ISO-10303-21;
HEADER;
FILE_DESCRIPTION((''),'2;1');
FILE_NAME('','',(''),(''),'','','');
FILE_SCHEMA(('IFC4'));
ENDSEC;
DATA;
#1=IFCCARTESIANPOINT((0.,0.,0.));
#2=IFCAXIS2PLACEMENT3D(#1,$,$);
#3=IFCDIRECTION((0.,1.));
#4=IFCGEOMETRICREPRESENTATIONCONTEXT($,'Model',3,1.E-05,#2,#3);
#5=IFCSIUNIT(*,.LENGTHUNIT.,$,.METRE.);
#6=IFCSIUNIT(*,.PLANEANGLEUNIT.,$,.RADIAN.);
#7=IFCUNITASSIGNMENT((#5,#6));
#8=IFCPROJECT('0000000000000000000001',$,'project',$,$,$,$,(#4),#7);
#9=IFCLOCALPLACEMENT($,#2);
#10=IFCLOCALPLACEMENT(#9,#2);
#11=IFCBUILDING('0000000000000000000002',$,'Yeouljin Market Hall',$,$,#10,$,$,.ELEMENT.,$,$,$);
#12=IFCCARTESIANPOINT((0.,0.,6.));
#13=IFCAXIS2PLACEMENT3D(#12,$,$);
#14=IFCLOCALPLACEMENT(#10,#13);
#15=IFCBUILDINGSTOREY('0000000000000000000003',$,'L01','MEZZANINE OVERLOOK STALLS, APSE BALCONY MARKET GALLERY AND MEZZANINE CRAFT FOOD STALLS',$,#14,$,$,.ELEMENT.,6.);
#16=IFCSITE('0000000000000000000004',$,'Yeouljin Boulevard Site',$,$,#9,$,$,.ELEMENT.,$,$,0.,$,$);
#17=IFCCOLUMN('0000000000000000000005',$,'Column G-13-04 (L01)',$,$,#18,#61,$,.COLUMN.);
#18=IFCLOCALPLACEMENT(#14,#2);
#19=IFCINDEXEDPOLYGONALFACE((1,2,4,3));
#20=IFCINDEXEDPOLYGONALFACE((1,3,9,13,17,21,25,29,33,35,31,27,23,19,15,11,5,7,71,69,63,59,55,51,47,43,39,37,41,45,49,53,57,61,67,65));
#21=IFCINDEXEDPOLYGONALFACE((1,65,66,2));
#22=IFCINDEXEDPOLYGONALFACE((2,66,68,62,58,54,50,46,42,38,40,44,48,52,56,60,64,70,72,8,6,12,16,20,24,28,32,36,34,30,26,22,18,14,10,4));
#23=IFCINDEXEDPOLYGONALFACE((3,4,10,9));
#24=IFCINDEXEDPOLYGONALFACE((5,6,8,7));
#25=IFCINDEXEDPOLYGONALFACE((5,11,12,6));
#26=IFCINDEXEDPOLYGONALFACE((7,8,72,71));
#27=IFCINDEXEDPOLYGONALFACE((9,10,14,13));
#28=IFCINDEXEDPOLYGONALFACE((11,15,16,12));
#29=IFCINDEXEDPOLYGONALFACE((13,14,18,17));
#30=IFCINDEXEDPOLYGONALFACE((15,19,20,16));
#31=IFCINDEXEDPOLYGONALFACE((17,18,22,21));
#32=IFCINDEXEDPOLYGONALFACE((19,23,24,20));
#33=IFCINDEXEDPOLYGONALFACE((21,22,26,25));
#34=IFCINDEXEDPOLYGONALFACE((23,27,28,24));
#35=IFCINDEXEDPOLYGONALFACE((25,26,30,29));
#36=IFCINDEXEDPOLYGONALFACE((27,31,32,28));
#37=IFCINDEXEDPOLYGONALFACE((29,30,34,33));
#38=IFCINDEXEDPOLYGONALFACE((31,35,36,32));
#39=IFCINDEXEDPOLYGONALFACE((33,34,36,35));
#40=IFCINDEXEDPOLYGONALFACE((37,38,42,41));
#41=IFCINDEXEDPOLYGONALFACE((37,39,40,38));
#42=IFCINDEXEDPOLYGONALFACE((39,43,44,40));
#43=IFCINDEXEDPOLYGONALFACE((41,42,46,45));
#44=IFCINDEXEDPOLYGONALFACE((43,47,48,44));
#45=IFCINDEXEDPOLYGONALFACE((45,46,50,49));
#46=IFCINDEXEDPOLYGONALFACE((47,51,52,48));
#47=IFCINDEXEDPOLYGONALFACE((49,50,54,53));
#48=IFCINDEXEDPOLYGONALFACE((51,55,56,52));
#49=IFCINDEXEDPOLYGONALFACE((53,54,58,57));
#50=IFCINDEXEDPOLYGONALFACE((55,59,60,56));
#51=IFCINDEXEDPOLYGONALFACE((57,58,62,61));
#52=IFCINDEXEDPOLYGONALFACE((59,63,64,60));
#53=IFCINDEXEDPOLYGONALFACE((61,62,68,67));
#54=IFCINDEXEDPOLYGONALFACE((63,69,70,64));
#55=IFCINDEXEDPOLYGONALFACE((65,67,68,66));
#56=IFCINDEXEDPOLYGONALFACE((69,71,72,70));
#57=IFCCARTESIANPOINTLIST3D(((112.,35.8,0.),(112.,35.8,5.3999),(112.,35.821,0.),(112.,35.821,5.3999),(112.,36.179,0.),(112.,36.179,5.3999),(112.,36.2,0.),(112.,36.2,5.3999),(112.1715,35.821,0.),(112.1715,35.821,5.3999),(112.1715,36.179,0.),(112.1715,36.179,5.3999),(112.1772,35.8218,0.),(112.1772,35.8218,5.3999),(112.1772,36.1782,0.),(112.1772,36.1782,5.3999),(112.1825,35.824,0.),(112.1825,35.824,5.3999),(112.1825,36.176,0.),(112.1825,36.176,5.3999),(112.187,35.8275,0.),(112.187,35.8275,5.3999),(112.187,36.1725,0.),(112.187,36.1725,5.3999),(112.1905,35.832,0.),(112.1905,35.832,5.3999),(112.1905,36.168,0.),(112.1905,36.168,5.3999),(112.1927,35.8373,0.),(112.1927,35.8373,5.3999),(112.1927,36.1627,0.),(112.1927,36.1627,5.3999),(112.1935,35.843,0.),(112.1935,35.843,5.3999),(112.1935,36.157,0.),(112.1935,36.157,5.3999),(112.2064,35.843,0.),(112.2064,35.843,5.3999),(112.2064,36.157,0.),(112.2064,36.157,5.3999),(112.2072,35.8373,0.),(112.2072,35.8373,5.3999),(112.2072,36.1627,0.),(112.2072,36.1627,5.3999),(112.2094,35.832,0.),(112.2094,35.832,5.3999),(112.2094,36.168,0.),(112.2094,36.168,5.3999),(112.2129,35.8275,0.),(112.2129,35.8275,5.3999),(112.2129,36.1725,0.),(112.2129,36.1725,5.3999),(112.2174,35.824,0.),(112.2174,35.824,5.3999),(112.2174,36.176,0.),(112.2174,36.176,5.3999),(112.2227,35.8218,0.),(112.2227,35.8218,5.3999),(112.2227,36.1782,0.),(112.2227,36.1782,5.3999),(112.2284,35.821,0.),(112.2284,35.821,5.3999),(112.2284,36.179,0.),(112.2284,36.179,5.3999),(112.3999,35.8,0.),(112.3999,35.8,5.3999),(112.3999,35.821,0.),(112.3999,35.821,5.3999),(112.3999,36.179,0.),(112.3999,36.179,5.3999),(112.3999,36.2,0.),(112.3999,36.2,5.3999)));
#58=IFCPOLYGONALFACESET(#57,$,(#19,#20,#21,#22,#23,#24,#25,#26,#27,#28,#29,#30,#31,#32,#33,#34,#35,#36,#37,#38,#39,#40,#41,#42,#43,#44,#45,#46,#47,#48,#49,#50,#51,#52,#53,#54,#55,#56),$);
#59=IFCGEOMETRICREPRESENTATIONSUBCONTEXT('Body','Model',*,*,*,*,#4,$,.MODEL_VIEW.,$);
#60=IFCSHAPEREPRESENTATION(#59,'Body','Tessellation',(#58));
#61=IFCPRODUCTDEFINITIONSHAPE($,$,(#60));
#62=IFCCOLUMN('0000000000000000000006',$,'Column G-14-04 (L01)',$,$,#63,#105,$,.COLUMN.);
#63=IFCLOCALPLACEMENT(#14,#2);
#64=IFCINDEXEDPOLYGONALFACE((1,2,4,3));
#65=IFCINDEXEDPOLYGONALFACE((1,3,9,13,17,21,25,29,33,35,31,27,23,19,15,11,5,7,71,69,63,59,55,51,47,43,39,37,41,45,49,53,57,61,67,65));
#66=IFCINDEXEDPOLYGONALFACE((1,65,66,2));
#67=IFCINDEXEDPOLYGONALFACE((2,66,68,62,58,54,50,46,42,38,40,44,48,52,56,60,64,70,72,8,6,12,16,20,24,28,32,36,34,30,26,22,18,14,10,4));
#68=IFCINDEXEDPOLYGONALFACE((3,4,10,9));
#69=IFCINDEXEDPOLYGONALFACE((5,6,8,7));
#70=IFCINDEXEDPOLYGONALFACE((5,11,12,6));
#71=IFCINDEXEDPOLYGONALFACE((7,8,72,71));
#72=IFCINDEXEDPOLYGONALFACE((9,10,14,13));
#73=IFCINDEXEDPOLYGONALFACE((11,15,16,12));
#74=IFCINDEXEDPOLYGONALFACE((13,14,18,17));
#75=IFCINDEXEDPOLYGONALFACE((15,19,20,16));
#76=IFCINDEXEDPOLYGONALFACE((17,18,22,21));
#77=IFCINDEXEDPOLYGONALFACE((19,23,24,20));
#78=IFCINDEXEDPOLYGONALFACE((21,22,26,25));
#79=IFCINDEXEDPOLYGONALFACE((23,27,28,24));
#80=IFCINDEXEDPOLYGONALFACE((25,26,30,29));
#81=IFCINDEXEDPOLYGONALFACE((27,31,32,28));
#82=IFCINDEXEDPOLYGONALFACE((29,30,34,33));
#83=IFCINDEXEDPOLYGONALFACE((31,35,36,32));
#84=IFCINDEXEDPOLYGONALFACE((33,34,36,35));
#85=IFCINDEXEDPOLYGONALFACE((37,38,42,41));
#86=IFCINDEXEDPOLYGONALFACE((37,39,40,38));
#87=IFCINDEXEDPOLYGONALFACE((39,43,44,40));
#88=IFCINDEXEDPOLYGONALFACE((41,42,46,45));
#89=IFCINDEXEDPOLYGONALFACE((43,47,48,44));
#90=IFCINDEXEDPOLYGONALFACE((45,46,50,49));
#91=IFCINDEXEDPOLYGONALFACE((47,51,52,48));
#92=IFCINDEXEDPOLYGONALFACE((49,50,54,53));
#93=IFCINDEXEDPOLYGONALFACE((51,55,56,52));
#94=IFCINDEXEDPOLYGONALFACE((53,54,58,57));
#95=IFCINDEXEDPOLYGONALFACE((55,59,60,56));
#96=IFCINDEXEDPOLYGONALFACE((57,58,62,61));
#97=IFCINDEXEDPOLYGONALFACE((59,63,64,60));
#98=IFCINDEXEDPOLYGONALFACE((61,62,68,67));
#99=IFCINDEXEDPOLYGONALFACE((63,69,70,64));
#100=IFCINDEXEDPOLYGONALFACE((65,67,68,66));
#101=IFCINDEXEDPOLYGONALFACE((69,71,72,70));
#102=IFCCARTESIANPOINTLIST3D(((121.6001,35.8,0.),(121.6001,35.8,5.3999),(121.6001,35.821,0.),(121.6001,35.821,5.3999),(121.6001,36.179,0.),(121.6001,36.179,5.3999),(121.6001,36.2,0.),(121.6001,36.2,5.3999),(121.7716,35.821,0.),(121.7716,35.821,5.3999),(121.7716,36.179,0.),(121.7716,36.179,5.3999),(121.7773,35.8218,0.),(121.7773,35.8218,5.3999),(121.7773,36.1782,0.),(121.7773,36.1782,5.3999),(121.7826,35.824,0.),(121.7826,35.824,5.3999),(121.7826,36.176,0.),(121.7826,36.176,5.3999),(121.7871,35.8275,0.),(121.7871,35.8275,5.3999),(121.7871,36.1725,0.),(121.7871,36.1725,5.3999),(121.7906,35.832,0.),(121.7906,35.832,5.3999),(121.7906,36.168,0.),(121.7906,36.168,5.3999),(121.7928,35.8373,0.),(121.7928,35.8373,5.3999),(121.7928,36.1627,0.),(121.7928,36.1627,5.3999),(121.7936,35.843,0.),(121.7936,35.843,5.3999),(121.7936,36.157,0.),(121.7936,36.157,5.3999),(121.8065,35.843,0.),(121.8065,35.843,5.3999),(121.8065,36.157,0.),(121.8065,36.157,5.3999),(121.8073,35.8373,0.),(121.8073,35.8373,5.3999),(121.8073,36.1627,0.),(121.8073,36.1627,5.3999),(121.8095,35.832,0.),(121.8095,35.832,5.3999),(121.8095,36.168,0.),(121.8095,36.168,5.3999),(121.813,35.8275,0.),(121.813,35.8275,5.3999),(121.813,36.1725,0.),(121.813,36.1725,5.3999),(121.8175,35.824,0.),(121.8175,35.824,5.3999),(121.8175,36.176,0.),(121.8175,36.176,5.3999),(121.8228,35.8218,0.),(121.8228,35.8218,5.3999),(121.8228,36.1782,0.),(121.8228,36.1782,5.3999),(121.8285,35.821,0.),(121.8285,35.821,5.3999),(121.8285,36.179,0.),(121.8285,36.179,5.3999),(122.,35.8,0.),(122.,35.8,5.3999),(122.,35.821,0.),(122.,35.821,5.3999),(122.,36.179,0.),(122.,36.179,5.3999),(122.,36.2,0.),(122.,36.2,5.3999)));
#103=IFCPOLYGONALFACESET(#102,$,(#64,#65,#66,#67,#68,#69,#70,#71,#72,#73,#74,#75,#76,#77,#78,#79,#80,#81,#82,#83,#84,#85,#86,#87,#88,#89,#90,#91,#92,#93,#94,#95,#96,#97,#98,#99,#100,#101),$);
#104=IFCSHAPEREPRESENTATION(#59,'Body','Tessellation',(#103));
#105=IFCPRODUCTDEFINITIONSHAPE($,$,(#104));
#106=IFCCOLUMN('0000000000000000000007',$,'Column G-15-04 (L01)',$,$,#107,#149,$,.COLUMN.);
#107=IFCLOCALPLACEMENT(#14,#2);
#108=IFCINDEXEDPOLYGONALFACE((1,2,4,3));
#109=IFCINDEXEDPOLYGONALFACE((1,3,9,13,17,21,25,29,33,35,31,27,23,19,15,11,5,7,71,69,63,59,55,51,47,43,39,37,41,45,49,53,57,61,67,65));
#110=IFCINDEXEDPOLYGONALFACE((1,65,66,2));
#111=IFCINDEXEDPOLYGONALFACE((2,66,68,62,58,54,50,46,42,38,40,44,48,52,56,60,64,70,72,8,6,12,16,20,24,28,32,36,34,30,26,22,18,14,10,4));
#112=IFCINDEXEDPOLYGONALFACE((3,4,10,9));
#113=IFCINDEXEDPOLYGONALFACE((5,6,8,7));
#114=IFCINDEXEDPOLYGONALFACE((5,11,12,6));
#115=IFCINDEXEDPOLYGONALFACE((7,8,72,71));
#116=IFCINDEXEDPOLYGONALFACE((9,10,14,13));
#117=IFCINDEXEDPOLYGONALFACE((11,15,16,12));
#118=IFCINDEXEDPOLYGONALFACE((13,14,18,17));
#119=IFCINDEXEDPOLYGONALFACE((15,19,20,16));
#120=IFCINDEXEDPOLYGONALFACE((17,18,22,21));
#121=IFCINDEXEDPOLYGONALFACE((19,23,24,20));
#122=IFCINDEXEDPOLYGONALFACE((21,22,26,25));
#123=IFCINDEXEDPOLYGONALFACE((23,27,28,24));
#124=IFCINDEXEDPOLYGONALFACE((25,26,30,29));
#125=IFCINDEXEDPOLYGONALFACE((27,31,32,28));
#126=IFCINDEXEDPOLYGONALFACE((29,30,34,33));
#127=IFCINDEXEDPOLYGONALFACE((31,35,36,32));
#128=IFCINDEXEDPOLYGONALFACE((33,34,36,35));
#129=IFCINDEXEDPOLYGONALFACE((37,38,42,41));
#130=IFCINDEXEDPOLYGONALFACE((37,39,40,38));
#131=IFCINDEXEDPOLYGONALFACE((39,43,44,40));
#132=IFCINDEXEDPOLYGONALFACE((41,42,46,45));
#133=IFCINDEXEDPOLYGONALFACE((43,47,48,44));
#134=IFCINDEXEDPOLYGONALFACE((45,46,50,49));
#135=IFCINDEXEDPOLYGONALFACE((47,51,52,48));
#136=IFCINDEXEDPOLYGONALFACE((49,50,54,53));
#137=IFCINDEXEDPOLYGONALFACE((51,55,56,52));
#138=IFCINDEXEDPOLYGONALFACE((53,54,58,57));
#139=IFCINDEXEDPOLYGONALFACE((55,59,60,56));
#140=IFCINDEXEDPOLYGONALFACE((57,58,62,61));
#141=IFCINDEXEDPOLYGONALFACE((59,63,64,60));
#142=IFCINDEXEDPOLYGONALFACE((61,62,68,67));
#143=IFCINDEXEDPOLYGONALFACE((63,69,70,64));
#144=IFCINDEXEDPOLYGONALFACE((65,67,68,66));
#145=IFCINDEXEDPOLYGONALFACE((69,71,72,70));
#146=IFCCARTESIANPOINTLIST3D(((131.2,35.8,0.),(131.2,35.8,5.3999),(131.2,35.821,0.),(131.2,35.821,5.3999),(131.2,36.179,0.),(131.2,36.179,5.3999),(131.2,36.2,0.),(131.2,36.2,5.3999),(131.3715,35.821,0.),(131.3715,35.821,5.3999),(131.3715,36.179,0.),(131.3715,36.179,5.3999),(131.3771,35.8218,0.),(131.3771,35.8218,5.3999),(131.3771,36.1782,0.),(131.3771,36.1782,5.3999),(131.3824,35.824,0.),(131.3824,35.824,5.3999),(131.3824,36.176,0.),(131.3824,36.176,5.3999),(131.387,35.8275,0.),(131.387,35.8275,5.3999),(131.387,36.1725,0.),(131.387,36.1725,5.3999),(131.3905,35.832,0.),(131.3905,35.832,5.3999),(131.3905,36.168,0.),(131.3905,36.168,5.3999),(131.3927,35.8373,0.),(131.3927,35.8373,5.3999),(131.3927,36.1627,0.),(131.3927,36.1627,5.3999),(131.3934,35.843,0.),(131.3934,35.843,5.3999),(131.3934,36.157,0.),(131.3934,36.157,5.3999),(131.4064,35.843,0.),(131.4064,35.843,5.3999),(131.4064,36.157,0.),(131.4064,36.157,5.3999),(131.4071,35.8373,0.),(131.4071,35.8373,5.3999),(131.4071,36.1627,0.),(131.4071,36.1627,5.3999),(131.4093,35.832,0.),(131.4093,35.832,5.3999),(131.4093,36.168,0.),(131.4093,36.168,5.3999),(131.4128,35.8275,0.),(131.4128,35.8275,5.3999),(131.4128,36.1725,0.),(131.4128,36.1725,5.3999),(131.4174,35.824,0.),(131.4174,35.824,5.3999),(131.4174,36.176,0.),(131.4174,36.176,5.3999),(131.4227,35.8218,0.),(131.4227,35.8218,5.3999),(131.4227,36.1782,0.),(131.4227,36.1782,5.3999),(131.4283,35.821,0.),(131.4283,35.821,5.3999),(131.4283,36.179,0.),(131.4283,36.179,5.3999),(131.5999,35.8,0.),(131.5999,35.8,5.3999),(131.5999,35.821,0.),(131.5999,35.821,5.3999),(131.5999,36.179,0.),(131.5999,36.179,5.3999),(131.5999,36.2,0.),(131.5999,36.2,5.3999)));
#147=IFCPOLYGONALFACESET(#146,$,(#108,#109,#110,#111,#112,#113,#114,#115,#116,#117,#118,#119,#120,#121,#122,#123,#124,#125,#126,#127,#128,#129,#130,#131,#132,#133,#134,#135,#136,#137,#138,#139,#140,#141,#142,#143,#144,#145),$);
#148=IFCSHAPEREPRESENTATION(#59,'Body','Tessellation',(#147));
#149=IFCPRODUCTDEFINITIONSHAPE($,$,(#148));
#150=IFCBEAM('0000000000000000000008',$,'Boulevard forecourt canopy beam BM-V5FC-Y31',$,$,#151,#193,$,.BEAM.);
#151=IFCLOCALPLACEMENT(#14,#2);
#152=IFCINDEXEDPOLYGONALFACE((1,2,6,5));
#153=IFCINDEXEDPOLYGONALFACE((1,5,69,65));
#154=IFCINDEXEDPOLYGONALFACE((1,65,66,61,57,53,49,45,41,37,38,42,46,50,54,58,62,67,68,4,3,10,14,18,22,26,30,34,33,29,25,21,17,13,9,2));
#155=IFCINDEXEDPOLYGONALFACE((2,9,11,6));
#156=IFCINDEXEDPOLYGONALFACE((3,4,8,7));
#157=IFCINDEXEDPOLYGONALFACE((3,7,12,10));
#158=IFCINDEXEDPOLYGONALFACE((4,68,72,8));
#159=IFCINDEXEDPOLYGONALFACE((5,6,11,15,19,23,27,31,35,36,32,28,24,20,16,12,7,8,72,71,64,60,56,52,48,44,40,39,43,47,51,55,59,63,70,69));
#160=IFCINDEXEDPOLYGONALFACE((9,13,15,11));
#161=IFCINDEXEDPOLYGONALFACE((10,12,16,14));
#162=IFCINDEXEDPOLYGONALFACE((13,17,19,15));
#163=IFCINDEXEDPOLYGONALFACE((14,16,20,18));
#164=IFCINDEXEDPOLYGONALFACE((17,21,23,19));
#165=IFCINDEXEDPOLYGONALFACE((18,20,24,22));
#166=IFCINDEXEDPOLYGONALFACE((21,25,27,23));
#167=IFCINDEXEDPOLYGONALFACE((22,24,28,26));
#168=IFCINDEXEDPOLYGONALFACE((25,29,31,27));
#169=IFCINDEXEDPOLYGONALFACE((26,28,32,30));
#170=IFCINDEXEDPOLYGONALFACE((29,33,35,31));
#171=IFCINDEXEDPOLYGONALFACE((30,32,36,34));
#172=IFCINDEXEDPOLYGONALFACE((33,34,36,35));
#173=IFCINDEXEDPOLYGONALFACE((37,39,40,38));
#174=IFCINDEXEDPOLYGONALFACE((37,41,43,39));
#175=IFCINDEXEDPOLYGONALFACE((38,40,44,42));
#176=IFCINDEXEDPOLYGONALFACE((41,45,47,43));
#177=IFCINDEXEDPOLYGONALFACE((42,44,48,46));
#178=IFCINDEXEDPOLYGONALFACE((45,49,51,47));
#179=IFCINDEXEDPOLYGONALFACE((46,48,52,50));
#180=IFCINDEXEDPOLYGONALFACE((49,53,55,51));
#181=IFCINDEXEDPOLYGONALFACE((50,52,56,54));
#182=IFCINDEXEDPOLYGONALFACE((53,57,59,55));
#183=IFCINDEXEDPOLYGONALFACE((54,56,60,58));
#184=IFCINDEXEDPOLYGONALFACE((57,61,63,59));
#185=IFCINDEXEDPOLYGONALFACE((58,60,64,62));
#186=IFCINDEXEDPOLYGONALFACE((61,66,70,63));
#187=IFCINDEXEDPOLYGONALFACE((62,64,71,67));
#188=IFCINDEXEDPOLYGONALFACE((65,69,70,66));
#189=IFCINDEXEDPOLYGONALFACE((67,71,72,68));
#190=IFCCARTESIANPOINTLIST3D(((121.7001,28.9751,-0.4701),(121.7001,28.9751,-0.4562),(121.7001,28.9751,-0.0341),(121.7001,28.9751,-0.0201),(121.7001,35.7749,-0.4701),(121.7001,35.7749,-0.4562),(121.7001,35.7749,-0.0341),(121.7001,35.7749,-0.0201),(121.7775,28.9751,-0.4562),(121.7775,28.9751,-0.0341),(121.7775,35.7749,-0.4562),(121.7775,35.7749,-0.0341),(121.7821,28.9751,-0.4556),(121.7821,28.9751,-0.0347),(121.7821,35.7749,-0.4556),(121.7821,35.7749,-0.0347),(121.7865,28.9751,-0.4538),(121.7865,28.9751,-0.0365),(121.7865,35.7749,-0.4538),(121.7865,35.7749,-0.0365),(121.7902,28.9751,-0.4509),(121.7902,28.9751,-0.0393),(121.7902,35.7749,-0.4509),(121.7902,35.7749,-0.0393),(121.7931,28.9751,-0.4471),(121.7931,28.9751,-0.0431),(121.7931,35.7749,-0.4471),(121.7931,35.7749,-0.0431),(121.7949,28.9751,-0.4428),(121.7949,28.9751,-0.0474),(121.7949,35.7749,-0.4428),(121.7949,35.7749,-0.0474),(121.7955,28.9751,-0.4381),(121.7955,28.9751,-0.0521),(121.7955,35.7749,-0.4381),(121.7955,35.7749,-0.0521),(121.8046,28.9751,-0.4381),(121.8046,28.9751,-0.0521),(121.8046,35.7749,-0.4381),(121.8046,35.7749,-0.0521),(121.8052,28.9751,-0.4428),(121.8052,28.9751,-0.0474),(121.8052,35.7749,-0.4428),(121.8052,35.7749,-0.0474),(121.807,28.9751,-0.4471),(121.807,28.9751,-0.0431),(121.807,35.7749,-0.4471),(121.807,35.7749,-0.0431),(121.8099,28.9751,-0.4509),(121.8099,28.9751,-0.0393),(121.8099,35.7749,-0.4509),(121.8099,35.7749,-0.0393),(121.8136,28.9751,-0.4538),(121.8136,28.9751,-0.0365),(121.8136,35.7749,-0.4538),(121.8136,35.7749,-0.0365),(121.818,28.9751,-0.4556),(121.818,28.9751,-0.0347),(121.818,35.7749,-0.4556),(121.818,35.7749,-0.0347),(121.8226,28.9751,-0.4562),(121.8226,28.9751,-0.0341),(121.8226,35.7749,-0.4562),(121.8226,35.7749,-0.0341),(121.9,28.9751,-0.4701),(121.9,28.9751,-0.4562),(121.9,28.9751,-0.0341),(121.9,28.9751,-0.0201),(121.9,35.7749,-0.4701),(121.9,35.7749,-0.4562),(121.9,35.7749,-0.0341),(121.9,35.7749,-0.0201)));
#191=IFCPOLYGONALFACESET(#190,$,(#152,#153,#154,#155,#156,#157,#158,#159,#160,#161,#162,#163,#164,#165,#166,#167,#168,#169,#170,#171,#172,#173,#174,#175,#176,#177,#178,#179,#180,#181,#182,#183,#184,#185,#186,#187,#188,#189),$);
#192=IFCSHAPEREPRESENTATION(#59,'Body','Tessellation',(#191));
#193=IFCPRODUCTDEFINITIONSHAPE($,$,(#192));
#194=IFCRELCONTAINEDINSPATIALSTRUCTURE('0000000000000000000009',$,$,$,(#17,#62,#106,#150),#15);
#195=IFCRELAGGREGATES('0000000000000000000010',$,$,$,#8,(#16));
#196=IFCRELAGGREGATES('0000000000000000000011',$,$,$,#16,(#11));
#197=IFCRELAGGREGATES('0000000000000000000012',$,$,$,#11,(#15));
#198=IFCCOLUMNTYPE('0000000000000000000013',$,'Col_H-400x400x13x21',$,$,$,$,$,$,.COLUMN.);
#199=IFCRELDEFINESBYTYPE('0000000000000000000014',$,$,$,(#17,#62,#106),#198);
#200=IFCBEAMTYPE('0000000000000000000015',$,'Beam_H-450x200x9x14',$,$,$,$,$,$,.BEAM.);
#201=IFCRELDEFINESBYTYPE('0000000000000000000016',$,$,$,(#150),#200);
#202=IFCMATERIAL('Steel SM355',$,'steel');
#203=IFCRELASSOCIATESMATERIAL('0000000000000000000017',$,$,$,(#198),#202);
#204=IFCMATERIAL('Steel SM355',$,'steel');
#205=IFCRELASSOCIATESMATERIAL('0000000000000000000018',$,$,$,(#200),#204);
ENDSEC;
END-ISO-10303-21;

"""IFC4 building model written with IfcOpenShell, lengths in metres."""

from ifc_helpers import new_model, si_unit, direction, frame, origin, origin_2d, place, context, subcontext, project, spatial, i_section, extrude, material, material_profile, profile_set, type_object, element, save


model = new_model("IFC4")

# Units and contexts
model_context = context("Model", 3, precision=1e-05, world=origin(), true_north=direction((0.0, 1.0)))
body_context = subcontext(model_context, "Body", "Model", "MODEL_VIEW")
ifc_project = project(units=[si_unit("LENGTHUNIT", "METRE"), si_unit("PLANEANGLEUNIT", "RADIAN")], contexts=[model_context])

# Site, building, storey
site_placement = place(None, origin())
site = spatial("IfcSite", under=ifc_project, at=site_placement, Name="Yeouljin Boulevard Site", CompositionType="ELEMENT", RefElevation=0.0)
building_placement = place(site_placement, origin())
building = spatial("IfcBuilding", under=site, at=building_placement, Name="Yeouljin Market Hall", CompositionType="ELEMENT")
storey_placement = place(building_placement, frame((0.0, 0.0, 6.0)))
storey = spatial("IfcBuildingStorey", under=building, at=storey_placement, Name="L01", Description="MEZZANINE OVERLOOK STALLS, APSE BALCONY MARKET GALLERY AND MEZZANINE CRAFT FOOD STALLS", CompositionType="ELEMENT", Elevation=6.0)

# Columns
ifc_material_1 = material(Name="Steel SM355", Category="steel")
ifc_material_profile_1 = material_profile(ifc_material_1, i_section(OverallWidth=0.3999, OverallDepth=0.3999, WebThickness=0.0129, FlangeThickness=0.021, FilletRadius=0.022, at=origin_2d()), Name="H-400x400x13x21")
ifc_profile_set_1 = profile_set([ifc_material_profile_1], Name="Steel SM355")
column_type = type_object("IfcColumnType", Name="Col_H-400x400x13x21", PredefinedType="COLUMN", material=ifc_profile_set_1)
for number, where, z_axis, x_axis, name in (
    (1, (112.2, 36.0, 0.0), (0.0, 0.0, 1.0), (1.0, 0.0, 0.0), "Column G-13-04 (L01)"),
    (2, (121.8, 36.0, 0.0), (0.0, 0.0, 1.0), (1.0, 0.0, 0.0), "Column G-14-04 (L01)"),
    (3, (131.3999, 36.0, 0.0), (0.0, 0.0, 1.0), (1.0, 0.0, 0.0), "Column G-15-04 (L01)"),
):
    element("IfcColumn", number, at=place(storey_placement, frame(where, z_axis=z_axis, x_axis=x_axis)), inside=storey, type_object=column_type, Name=name, PredefinedType="COLUMN", context=body_context, shape_type="SweptSolid", body=[
        extrude(i_section(OverallWidth=0.3999, OverallDepth=0.3999, WebThickness=0.0129, FlangeThickness=0.021, FilletRadius=0.022, at=origin_2d()), origin(), (0.0, 0.0, 1.0), 5.3999),
    ])

# Beam
ifc_material_2 = material(Name="Steel SM355", Category="steel")
ifc_material_profile_2 = material_profile(ifc_material_2, i_section(OverallWidth=0.2, OverallDepth=0.45, WebThickness=0.009, FlangeThickness=0.0139, FilletRadius=0.0181, at=origin_2d()), Name="H-450x200x9x14")
ifc_profile_set_2 = profile_set([ifc_material_profile_2], Name="Steel SM355")
beam_type_1 = type_object("IfcBeamType", Name="Beam_H-450x200x9x14", PredefinedType="BEAM", material=ifc_profile_set_2)
for number, where, z_axis, x_axis, name in (
    (4, (121.8, 28.9751, -0.2451), (0.0, 1.0, 0.0), (-1.0, 0.0, 0.0), "Boulevard forecourt canopy beam BM-V5FC-Y31"),
):
    element("IfcBeam", number, at=place(storey_placement, frame(where, z_axis=z_axis, x_axis=x_axis)), inside=storey, type_object=beam_type_1, Name=name, PredefinedType="BEAM", context=body_context, shape_type="SweptSolid", body=[
        extrude(i_section(OverallWidth=0.2, OverallDepth=0.45, WebThickness=0.009, FlangeThickness=0.0139, FilletRadius=0.0181, at=origin_2d()), origin(), (0.0, 0.0, 1.0), 6.7998),
    ])

save(model, "model.ifc")
